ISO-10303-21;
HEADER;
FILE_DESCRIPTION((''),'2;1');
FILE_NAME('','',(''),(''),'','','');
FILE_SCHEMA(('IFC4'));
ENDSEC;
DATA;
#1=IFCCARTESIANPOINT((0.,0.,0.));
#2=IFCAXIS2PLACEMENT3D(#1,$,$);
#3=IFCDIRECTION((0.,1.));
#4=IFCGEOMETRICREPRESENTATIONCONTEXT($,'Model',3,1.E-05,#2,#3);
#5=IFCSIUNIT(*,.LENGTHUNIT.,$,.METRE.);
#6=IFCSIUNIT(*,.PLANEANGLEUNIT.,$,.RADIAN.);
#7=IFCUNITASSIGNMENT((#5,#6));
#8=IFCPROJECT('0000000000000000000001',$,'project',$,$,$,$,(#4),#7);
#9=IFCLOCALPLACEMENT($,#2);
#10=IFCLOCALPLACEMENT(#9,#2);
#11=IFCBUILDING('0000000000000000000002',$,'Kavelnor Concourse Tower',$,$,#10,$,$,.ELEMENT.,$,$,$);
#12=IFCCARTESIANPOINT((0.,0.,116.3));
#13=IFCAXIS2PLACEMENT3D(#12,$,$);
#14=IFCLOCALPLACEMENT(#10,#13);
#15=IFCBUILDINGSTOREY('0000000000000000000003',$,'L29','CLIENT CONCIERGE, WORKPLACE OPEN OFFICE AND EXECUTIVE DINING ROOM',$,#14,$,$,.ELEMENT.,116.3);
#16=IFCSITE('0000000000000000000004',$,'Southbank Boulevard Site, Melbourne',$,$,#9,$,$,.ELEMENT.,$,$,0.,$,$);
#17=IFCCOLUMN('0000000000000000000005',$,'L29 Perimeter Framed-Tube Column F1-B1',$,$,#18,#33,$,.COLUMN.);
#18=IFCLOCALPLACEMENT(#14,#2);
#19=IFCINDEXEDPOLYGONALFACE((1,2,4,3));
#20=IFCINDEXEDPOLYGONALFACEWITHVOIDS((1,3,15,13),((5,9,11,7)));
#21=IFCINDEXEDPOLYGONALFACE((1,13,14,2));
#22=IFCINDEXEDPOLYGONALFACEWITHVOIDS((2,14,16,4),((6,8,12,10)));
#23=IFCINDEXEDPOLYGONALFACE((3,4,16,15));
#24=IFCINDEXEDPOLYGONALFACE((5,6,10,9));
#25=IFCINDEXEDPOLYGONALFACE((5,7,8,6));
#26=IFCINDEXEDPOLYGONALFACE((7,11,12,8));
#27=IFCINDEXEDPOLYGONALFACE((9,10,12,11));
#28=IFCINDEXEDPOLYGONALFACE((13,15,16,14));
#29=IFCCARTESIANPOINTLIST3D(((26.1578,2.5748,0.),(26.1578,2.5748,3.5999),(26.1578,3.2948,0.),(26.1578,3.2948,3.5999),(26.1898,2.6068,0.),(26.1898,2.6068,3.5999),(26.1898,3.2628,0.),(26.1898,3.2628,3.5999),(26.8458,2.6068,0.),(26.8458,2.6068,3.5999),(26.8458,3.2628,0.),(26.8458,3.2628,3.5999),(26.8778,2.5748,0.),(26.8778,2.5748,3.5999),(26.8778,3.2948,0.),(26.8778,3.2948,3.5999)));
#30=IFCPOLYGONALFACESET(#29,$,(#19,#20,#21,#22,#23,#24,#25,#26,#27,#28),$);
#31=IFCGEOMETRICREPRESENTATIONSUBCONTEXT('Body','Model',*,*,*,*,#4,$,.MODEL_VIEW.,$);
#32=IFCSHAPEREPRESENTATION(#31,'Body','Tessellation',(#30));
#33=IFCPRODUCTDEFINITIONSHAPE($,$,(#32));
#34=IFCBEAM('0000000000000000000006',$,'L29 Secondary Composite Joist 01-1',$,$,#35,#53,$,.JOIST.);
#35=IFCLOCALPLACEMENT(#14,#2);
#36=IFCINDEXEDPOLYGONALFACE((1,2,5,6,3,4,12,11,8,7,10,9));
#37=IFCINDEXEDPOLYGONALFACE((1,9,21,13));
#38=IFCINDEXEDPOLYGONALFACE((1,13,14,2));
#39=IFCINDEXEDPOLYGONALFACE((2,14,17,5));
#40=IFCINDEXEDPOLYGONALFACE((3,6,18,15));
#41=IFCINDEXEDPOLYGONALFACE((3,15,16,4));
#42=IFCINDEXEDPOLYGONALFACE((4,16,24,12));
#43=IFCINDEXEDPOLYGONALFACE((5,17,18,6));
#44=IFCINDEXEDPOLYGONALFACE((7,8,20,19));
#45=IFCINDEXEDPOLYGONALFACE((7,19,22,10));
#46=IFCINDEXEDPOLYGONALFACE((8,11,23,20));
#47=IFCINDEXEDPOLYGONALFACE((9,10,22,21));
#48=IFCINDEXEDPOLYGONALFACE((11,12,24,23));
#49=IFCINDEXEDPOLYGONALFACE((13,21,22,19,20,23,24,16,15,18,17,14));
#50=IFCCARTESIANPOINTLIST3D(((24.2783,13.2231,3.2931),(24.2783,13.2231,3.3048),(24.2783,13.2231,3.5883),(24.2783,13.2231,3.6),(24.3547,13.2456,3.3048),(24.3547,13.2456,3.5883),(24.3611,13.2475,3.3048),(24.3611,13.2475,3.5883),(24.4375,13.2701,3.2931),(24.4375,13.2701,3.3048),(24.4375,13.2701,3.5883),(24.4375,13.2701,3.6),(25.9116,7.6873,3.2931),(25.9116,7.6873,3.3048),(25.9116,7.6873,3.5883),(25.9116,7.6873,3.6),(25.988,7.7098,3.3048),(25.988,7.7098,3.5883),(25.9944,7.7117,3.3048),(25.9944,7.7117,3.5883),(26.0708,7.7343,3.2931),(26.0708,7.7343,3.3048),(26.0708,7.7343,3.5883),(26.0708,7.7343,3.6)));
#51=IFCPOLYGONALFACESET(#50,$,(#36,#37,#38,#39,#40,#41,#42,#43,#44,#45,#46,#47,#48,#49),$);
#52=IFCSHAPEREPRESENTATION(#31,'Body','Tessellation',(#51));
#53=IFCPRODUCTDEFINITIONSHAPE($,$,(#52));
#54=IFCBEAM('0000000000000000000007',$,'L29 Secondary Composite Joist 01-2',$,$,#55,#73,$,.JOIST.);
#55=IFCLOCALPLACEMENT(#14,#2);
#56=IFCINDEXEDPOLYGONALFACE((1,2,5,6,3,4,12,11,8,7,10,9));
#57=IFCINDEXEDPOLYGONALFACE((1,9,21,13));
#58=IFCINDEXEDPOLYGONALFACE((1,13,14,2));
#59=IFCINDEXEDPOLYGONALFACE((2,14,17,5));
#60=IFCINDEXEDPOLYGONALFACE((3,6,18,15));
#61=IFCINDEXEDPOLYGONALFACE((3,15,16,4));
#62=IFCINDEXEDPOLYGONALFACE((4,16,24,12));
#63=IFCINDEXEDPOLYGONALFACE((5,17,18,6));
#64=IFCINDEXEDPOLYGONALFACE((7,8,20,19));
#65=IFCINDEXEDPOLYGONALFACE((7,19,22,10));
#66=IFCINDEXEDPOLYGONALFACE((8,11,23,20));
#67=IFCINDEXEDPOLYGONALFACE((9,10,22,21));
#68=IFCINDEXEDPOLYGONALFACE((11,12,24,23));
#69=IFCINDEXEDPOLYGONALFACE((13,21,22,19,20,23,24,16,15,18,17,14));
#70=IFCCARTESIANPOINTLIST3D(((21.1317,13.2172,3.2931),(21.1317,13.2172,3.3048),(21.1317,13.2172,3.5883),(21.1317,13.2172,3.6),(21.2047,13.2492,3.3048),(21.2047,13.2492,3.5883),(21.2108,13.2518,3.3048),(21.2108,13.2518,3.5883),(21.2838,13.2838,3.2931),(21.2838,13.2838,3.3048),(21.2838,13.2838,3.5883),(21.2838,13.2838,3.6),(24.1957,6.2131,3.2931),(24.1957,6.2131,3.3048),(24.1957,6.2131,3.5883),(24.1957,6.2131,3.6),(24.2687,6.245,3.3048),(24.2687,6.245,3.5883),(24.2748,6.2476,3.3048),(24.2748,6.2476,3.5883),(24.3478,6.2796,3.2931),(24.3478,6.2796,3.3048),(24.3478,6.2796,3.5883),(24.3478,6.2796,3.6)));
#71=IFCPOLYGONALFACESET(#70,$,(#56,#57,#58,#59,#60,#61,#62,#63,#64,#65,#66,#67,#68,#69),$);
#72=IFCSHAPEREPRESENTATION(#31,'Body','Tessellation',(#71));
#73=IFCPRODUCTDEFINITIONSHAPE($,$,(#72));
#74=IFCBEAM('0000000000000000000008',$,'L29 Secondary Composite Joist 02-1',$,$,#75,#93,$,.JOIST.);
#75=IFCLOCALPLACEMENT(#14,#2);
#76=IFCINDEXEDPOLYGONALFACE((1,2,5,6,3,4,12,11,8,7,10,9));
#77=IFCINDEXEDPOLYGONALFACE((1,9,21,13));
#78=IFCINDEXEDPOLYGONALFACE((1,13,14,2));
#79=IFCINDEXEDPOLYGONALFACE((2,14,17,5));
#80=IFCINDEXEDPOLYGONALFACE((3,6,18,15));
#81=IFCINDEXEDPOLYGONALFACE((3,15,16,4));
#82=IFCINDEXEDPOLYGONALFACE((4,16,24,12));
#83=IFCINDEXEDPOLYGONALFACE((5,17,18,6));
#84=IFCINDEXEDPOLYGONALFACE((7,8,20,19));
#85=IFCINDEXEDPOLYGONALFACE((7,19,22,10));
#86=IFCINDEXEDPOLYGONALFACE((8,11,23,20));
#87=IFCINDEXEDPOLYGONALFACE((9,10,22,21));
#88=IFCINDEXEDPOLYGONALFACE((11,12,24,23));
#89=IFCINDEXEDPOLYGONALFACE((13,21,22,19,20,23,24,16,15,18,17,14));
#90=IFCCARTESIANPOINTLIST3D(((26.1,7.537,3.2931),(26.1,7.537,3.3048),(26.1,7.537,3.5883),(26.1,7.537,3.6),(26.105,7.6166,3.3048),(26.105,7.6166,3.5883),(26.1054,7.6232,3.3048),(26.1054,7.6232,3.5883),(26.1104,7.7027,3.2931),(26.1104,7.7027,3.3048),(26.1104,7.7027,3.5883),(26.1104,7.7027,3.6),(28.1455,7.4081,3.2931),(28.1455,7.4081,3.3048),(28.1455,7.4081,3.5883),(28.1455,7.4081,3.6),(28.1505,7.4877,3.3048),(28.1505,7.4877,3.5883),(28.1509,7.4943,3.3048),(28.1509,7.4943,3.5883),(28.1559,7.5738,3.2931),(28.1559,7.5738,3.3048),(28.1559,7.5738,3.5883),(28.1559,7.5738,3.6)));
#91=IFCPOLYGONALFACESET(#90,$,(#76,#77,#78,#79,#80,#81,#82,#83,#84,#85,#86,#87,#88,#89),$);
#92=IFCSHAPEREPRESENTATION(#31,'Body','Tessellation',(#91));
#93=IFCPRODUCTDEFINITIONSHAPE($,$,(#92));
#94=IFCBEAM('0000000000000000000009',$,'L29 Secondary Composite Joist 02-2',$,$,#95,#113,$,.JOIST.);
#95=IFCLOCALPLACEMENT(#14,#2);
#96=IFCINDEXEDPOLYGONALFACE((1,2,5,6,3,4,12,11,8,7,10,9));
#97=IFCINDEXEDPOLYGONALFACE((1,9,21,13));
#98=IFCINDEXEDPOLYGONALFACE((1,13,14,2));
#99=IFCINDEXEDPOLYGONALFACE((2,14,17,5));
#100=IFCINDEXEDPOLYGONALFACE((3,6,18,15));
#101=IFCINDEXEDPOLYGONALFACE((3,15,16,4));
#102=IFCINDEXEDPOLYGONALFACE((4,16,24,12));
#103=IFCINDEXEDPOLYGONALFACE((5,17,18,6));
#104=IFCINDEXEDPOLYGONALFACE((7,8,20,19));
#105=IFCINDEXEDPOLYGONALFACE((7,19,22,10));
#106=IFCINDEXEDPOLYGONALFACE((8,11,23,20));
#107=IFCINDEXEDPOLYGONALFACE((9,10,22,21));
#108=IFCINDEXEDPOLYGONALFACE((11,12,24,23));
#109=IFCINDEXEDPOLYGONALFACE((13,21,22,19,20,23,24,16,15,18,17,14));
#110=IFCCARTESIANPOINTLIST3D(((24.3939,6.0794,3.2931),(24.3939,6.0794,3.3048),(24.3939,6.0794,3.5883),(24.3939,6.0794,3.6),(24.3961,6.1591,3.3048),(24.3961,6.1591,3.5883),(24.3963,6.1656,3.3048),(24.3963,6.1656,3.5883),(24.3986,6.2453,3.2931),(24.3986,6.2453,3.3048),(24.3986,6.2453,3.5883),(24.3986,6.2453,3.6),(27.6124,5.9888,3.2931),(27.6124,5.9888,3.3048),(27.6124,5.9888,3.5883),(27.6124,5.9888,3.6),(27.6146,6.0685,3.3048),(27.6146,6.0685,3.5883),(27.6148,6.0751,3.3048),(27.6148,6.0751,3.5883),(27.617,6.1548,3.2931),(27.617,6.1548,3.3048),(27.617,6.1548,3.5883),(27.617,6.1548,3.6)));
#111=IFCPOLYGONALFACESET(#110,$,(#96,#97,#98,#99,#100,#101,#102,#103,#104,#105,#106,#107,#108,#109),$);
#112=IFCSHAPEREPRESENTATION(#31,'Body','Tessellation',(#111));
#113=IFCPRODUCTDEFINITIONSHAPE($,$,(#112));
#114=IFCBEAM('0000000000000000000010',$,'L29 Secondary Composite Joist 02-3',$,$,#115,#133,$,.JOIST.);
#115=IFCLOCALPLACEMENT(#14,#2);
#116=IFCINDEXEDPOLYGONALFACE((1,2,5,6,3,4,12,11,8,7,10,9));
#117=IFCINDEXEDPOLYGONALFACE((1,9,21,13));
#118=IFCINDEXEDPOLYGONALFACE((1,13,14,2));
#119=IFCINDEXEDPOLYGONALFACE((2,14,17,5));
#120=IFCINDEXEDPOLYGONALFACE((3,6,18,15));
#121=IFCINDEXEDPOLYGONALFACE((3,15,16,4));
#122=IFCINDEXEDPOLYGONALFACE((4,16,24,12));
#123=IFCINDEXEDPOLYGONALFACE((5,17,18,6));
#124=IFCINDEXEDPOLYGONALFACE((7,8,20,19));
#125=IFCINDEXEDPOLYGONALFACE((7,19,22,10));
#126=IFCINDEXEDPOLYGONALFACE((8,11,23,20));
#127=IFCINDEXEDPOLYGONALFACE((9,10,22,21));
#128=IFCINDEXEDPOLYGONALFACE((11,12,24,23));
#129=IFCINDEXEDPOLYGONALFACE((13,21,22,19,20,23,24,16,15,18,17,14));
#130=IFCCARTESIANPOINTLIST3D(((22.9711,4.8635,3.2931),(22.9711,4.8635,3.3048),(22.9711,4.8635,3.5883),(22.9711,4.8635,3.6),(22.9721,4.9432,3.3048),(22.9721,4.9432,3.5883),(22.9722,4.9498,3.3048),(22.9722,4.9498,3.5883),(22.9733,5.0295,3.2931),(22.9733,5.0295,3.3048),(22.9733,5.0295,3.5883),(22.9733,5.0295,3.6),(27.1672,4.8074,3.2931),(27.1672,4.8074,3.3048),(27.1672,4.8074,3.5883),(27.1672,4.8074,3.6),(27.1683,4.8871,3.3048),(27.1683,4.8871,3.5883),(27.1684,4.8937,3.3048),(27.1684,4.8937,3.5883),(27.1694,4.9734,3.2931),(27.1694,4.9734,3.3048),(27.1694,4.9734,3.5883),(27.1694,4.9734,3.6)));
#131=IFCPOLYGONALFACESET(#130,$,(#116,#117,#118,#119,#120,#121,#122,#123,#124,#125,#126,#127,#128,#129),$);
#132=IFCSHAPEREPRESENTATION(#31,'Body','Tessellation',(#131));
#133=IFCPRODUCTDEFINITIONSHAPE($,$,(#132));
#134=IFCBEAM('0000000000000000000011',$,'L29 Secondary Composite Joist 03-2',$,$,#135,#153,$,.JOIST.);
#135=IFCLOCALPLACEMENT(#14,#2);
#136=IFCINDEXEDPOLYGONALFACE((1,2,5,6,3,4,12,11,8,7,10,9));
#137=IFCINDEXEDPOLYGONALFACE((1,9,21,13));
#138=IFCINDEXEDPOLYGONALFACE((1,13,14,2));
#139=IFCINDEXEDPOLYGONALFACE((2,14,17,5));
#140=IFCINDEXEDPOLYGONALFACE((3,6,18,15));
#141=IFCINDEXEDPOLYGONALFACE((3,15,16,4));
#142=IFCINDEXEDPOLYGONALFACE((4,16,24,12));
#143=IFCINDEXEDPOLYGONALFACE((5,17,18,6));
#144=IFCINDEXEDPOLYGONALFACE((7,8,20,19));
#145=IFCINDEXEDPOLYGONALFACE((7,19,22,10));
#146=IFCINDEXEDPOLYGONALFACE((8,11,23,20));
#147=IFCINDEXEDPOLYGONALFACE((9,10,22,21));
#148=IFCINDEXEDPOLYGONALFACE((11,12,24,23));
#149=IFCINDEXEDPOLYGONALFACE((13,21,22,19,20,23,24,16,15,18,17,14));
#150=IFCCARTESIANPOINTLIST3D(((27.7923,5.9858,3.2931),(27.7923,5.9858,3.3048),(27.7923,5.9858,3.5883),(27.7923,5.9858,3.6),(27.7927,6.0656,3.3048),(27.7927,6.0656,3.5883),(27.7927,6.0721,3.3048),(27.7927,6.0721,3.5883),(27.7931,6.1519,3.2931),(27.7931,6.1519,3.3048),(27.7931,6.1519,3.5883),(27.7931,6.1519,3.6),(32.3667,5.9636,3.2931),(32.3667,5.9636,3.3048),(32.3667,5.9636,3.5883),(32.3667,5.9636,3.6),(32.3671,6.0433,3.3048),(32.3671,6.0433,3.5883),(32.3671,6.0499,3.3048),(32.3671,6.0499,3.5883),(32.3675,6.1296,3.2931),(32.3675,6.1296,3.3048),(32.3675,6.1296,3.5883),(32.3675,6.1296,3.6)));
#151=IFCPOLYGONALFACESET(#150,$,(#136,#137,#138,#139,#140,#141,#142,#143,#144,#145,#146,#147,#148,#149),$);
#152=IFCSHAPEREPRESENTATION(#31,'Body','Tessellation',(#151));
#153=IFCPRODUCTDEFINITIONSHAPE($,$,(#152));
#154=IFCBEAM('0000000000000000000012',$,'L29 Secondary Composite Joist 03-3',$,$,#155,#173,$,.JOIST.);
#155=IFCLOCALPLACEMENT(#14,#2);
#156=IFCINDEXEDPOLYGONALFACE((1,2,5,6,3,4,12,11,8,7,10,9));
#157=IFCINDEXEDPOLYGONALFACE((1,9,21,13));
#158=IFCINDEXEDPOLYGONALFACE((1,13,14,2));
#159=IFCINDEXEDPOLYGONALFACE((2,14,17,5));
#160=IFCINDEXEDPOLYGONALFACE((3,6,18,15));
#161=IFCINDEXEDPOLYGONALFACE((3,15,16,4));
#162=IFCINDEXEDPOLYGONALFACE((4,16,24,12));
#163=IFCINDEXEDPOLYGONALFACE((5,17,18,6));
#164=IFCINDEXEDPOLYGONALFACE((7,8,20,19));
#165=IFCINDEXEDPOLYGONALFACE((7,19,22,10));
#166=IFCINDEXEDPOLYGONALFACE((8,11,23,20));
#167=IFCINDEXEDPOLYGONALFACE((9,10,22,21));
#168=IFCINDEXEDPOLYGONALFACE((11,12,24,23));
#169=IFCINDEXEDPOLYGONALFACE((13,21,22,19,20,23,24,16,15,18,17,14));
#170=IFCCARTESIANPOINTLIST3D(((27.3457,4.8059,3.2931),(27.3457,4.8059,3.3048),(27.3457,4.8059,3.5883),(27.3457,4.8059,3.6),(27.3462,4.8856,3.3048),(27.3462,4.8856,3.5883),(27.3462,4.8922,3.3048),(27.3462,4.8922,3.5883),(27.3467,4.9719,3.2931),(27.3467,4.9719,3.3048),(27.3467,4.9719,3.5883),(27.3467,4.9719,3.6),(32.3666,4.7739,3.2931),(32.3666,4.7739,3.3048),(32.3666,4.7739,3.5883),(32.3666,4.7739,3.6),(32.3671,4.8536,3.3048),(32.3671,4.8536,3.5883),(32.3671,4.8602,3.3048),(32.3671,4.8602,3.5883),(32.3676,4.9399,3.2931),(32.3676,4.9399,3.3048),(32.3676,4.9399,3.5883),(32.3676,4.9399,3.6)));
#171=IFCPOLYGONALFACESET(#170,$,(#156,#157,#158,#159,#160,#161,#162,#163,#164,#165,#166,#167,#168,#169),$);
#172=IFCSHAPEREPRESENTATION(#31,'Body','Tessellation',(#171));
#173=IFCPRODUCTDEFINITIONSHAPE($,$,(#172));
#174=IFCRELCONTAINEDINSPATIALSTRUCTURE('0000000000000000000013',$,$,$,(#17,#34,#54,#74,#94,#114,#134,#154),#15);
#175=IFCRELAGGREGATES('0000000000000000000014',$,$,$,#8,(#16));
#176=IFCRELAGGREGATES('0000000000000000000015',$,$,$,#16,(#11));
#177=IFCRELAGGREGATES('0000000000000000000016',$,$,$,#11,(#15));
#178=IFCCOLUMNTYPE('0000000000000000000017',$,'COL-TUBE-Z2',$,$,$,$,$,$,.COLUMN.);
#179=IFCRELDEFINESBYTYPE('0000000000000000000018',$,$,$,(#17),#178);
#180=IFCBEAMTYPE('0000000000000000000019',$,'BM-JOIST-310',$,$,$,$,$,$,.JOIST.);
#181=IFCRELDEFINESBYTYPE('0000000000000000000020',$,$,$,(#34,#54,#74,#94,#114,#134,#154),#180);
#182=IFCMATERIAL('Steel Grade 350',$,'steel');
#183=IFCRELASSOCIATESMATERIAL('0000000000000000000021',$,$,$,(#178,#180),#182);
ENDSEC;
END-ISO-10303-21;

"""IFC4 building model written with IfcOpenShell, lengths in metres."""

from ifc_helpers import new_model, si_unit, direction, frame, origin, origin_2d, place, context, subcontext, project, spatial, hollow_rectangle, i_section, extrude, material, material_profile, profile_set, type_object, element, save


model = new_model("IFC4")

# Units and contexts
model_context = context("Model", 3, precision=1e-05, world=origin(), true_north=direction((0.0, 1.0)))
body_context = subcontext(model_context, "Body", "Model", "MODEL_VIEW")
ifc_project = project(units=[si_unit("LENGTHUNIT", "METRE"), si_unit("PLANEANGLEUNIT", "RADIAN")], contexts=[model_context])

# Site, building, storey
site_placement = place(None, origin())
site = spatial("IfcSite", under=ifc_project, at=site_placement, Name="Southbank Boulevard Site, Melbourne", CompositionType="ELEMENT", RefElevation=0.0)
building_placement = place(site_placement, origin())
building = spatial("IfcBuilding", under=site, at=building_placement, Name="Kavelnor Concourse Tower", CompositionType="ELEMENT")
storey_placement = place(building_placement, frame((0.0, 0.0, 116.3)))
storey = spatial("IfcBuildingStorey", under=building, at=storey_placement, Name="L29", Description="CLIENT CONCIERGE, WORKPLACE OPEN OFFICE AND EXECUTIVE DINING ROOM", CompositionType="ELEMENT", Elevation=116.3)

# Column
ifc_material_1 = material(Name="Steel Grade 350", Category="steel")
ifc_material_profile_1 = material_profile(ifc_material_1, hollow_rectangle(XDim=0.72, YDim=0.72, WallThickness=0.032, at=origin_2d()), Name="SHS 720x720x32")
ifc_profile_set_1 = profile_set([ifc_material_profile_1], Name="Steel Grade 350")
column_type = type_object("IfcColumnType", Name="COL-TUBE-Z2", PredefinedType="COLUMN", material=ifc_profile_set_1)
column_placement = place(storey_placement, frame((26.5178, 2.9348, 0.0), z_axis=(0.0, 0.0, 1.0), x_axis=(1.0, 0.0, 0.0)))
element("IfcColumn", 1, at=column_placement, inside=storey, type_object=column_type, Name="L29 Perimeter Framed-Tube Column F1-B1", PredefinedType="COLUMN", context=body_context, shape_type="SweptSolid", body=[
    extrude(hollow_rectangle(XDim=0.72, YDim=0.72, WallThickness=0.032, at=origin_2d()), origin(), (0.0, 0.0, 1.0), 3.5999),
])

# Beams
ifc_material_profile_2 = material_profile(ifc_material_1, i_section(OverallWidth=0.166, OverallDepth=0.3069, WebThickness=0.0066, FlangeThickness=0.0117, at=origin_2d()), Name="310UB46")
ifc_profile_set_2 = profile_set([ifc_material_profile_2], Name="Steel Grade 350")
beam_type_1 = type_object("IfcBeamType", Name="BM-JOIST-310", PredefinedType="JOIST", material=ifc_profile_set_2)
beam_1_placement = place(storey_placement, frame((24.3579, 13.2466, 3.4465), z_axis=(0.282979, -0.959126, 0.0), x_axis=(0.959126, 0.282979, 0.0)))
element("IfcBeam", 2, at=beam_1_placement, inside=storey, type_object=beam_type_1, Name="L29 Secondary Composite Joist 01-1", PredefinedType="JOIST", context=body_context, shape_type="SweptSolid", body=[
    extrude(i_section(OverallWidth=0.166, OverallDepth=0.3069, WebThickness=0.0066, FlangeThickness=0.0117, at=origin_2d()), origin(), (0.0, 0.0, 1.0), 5.7717),
])
beam_2_placement = place(storey_placement, frame((21.2078, 13.2505, 3.4465), z_axis=(0.40078, -0.916174, 0.0), x_axis=(0.916174, 0.40078, 0.0)))
element("IfcBeam", 3, at=beam_2_placement, inside=storey, type_object=beam_type_1, Name="L29 Secondary Composite Joist 01-2", PredefinedType="JOIST", context=body_context, shape_type="SweptSolid", body=[
    extrude(i_section(OverallWidth=0.166, OverallDepth=0.3069, WebThickness=0.0066, FlangeThickness=0.0117, at=origin_2d()), origin(), (0.0, 0.0, 1.0), 7.645),
])
beam_3_placement = place(storey_placement, frame((26.1052, 7.6199, 3.4465), z_axis=(0.99802, -0.062897, 0.0), x_axis=(0.062897, 0.99802, 0.0)))
element("IfcBeam", 4, at=beam_3_placement, inside=storey, type_object=beam_type_1, Name="L29 Secondary Composite Joist 02-1", PredefinedType="JOIST", context=body_context, shape_type="SweptSolid", body=[
    extrude(i_section(OverallWidth=0.166, OverallDepth=0.3069, WebThickness=0.0066, FlangeThickness=0.0117, at=origin_2d()), origin(), (0.0, 0.0, 1.0), 2.0496),
])
beam_4_placement = place(storey_placement, frame((24.3962, 6.1624, 3.4465), z_axis=(0.999604, -0.028131, 0.0), x_axis=(0.028131, 0.999604, 0.0)))
element("IfcBeam", 5, at=beam_4_placement, inside=storey, type_object=beam_type_1, Name="L29 Secondary Composite Joist 02-2", PredefinedType="JOIST", context=body_context, shape_type="SweptSolid", body=[
    extrude(i_section(OverallWidth=0.166, OverallDepth=0.3069, WebThickness=0.0066, FlangeThickness=0.0117, at=origin_2d()), origin(), (0.0, 0.0, 1.0), 3.2197),
])
beam_5_placement = place(storey_placement, frame((22.9722, 4.9465, 3.4465), z_axis=(0.99991, -0.013381, 0.0), x_axis=(0.013381, 0.99991, 0.0)))
element("IfcBeam", 6, at=beam_5_placement, inside=storey, type_object=beam_type_1, Name="L29 Secondary Composite Joist 02-3", PredefinedType="JOIST", context=body_context, shape_type="SweptSolid", body=[
    extrude(i_section(OverallWidth=0.166, OverallDepth=0.3069, WebThickness=0.0066, FlangeThickness=0.0117, at=origin_2d()), origin(), (0.0, 0.0, 1.0), 4.1965),
])
beam_6_placement = place(storey_placement, frame((27.7927, 6.0688, 3.4465), z_axis=(0.999988, -0.004857, 0.0), x_axis=(0.004857, 0.999988, 0.0)))
element("IfcBeam", 7, at=beam_6_placement, inside=storey, type_object=beam_type_1, Name="L29 Secondary Composite Joist 03-2", PredefinedType="JOIST", context=body_context, shape_type="SweptSolid", body=[
    extrude(i_section(OverallWidth=0.166, OverallDepth=0.3069, WebThickness=0.0066, FlangeThickness=0.0117, at=origin_2d()), origin(), (0.0, 0.0, 1.0), 4.5745),
])
beam_7_placement = place(storey_placement, frame((27.3462, 4.8889, 3.4465), z_axis=(0.99998, -0.00637, 0.0), x_axis=(0.00637, 0.99998, 0.0)))
element("IfcBeam", 8, at=beam_7_placement, inside=storey, type_object=beam_type_1, Name="L29 Secondary Composite Joist 03-3", PredefinedType="JOIST", context=body_context, shape_type="SweptSolid", body=[
    extrude(i_section(OverallWidth=0.166, OverallDepth=0.3069, WebThickness=0.0066, FlangeThickness=0.0117, at=origin_2d()), origin(), (0.0, 0.0, 1.0), 5.021),
])

save(model, "model.ifc")
